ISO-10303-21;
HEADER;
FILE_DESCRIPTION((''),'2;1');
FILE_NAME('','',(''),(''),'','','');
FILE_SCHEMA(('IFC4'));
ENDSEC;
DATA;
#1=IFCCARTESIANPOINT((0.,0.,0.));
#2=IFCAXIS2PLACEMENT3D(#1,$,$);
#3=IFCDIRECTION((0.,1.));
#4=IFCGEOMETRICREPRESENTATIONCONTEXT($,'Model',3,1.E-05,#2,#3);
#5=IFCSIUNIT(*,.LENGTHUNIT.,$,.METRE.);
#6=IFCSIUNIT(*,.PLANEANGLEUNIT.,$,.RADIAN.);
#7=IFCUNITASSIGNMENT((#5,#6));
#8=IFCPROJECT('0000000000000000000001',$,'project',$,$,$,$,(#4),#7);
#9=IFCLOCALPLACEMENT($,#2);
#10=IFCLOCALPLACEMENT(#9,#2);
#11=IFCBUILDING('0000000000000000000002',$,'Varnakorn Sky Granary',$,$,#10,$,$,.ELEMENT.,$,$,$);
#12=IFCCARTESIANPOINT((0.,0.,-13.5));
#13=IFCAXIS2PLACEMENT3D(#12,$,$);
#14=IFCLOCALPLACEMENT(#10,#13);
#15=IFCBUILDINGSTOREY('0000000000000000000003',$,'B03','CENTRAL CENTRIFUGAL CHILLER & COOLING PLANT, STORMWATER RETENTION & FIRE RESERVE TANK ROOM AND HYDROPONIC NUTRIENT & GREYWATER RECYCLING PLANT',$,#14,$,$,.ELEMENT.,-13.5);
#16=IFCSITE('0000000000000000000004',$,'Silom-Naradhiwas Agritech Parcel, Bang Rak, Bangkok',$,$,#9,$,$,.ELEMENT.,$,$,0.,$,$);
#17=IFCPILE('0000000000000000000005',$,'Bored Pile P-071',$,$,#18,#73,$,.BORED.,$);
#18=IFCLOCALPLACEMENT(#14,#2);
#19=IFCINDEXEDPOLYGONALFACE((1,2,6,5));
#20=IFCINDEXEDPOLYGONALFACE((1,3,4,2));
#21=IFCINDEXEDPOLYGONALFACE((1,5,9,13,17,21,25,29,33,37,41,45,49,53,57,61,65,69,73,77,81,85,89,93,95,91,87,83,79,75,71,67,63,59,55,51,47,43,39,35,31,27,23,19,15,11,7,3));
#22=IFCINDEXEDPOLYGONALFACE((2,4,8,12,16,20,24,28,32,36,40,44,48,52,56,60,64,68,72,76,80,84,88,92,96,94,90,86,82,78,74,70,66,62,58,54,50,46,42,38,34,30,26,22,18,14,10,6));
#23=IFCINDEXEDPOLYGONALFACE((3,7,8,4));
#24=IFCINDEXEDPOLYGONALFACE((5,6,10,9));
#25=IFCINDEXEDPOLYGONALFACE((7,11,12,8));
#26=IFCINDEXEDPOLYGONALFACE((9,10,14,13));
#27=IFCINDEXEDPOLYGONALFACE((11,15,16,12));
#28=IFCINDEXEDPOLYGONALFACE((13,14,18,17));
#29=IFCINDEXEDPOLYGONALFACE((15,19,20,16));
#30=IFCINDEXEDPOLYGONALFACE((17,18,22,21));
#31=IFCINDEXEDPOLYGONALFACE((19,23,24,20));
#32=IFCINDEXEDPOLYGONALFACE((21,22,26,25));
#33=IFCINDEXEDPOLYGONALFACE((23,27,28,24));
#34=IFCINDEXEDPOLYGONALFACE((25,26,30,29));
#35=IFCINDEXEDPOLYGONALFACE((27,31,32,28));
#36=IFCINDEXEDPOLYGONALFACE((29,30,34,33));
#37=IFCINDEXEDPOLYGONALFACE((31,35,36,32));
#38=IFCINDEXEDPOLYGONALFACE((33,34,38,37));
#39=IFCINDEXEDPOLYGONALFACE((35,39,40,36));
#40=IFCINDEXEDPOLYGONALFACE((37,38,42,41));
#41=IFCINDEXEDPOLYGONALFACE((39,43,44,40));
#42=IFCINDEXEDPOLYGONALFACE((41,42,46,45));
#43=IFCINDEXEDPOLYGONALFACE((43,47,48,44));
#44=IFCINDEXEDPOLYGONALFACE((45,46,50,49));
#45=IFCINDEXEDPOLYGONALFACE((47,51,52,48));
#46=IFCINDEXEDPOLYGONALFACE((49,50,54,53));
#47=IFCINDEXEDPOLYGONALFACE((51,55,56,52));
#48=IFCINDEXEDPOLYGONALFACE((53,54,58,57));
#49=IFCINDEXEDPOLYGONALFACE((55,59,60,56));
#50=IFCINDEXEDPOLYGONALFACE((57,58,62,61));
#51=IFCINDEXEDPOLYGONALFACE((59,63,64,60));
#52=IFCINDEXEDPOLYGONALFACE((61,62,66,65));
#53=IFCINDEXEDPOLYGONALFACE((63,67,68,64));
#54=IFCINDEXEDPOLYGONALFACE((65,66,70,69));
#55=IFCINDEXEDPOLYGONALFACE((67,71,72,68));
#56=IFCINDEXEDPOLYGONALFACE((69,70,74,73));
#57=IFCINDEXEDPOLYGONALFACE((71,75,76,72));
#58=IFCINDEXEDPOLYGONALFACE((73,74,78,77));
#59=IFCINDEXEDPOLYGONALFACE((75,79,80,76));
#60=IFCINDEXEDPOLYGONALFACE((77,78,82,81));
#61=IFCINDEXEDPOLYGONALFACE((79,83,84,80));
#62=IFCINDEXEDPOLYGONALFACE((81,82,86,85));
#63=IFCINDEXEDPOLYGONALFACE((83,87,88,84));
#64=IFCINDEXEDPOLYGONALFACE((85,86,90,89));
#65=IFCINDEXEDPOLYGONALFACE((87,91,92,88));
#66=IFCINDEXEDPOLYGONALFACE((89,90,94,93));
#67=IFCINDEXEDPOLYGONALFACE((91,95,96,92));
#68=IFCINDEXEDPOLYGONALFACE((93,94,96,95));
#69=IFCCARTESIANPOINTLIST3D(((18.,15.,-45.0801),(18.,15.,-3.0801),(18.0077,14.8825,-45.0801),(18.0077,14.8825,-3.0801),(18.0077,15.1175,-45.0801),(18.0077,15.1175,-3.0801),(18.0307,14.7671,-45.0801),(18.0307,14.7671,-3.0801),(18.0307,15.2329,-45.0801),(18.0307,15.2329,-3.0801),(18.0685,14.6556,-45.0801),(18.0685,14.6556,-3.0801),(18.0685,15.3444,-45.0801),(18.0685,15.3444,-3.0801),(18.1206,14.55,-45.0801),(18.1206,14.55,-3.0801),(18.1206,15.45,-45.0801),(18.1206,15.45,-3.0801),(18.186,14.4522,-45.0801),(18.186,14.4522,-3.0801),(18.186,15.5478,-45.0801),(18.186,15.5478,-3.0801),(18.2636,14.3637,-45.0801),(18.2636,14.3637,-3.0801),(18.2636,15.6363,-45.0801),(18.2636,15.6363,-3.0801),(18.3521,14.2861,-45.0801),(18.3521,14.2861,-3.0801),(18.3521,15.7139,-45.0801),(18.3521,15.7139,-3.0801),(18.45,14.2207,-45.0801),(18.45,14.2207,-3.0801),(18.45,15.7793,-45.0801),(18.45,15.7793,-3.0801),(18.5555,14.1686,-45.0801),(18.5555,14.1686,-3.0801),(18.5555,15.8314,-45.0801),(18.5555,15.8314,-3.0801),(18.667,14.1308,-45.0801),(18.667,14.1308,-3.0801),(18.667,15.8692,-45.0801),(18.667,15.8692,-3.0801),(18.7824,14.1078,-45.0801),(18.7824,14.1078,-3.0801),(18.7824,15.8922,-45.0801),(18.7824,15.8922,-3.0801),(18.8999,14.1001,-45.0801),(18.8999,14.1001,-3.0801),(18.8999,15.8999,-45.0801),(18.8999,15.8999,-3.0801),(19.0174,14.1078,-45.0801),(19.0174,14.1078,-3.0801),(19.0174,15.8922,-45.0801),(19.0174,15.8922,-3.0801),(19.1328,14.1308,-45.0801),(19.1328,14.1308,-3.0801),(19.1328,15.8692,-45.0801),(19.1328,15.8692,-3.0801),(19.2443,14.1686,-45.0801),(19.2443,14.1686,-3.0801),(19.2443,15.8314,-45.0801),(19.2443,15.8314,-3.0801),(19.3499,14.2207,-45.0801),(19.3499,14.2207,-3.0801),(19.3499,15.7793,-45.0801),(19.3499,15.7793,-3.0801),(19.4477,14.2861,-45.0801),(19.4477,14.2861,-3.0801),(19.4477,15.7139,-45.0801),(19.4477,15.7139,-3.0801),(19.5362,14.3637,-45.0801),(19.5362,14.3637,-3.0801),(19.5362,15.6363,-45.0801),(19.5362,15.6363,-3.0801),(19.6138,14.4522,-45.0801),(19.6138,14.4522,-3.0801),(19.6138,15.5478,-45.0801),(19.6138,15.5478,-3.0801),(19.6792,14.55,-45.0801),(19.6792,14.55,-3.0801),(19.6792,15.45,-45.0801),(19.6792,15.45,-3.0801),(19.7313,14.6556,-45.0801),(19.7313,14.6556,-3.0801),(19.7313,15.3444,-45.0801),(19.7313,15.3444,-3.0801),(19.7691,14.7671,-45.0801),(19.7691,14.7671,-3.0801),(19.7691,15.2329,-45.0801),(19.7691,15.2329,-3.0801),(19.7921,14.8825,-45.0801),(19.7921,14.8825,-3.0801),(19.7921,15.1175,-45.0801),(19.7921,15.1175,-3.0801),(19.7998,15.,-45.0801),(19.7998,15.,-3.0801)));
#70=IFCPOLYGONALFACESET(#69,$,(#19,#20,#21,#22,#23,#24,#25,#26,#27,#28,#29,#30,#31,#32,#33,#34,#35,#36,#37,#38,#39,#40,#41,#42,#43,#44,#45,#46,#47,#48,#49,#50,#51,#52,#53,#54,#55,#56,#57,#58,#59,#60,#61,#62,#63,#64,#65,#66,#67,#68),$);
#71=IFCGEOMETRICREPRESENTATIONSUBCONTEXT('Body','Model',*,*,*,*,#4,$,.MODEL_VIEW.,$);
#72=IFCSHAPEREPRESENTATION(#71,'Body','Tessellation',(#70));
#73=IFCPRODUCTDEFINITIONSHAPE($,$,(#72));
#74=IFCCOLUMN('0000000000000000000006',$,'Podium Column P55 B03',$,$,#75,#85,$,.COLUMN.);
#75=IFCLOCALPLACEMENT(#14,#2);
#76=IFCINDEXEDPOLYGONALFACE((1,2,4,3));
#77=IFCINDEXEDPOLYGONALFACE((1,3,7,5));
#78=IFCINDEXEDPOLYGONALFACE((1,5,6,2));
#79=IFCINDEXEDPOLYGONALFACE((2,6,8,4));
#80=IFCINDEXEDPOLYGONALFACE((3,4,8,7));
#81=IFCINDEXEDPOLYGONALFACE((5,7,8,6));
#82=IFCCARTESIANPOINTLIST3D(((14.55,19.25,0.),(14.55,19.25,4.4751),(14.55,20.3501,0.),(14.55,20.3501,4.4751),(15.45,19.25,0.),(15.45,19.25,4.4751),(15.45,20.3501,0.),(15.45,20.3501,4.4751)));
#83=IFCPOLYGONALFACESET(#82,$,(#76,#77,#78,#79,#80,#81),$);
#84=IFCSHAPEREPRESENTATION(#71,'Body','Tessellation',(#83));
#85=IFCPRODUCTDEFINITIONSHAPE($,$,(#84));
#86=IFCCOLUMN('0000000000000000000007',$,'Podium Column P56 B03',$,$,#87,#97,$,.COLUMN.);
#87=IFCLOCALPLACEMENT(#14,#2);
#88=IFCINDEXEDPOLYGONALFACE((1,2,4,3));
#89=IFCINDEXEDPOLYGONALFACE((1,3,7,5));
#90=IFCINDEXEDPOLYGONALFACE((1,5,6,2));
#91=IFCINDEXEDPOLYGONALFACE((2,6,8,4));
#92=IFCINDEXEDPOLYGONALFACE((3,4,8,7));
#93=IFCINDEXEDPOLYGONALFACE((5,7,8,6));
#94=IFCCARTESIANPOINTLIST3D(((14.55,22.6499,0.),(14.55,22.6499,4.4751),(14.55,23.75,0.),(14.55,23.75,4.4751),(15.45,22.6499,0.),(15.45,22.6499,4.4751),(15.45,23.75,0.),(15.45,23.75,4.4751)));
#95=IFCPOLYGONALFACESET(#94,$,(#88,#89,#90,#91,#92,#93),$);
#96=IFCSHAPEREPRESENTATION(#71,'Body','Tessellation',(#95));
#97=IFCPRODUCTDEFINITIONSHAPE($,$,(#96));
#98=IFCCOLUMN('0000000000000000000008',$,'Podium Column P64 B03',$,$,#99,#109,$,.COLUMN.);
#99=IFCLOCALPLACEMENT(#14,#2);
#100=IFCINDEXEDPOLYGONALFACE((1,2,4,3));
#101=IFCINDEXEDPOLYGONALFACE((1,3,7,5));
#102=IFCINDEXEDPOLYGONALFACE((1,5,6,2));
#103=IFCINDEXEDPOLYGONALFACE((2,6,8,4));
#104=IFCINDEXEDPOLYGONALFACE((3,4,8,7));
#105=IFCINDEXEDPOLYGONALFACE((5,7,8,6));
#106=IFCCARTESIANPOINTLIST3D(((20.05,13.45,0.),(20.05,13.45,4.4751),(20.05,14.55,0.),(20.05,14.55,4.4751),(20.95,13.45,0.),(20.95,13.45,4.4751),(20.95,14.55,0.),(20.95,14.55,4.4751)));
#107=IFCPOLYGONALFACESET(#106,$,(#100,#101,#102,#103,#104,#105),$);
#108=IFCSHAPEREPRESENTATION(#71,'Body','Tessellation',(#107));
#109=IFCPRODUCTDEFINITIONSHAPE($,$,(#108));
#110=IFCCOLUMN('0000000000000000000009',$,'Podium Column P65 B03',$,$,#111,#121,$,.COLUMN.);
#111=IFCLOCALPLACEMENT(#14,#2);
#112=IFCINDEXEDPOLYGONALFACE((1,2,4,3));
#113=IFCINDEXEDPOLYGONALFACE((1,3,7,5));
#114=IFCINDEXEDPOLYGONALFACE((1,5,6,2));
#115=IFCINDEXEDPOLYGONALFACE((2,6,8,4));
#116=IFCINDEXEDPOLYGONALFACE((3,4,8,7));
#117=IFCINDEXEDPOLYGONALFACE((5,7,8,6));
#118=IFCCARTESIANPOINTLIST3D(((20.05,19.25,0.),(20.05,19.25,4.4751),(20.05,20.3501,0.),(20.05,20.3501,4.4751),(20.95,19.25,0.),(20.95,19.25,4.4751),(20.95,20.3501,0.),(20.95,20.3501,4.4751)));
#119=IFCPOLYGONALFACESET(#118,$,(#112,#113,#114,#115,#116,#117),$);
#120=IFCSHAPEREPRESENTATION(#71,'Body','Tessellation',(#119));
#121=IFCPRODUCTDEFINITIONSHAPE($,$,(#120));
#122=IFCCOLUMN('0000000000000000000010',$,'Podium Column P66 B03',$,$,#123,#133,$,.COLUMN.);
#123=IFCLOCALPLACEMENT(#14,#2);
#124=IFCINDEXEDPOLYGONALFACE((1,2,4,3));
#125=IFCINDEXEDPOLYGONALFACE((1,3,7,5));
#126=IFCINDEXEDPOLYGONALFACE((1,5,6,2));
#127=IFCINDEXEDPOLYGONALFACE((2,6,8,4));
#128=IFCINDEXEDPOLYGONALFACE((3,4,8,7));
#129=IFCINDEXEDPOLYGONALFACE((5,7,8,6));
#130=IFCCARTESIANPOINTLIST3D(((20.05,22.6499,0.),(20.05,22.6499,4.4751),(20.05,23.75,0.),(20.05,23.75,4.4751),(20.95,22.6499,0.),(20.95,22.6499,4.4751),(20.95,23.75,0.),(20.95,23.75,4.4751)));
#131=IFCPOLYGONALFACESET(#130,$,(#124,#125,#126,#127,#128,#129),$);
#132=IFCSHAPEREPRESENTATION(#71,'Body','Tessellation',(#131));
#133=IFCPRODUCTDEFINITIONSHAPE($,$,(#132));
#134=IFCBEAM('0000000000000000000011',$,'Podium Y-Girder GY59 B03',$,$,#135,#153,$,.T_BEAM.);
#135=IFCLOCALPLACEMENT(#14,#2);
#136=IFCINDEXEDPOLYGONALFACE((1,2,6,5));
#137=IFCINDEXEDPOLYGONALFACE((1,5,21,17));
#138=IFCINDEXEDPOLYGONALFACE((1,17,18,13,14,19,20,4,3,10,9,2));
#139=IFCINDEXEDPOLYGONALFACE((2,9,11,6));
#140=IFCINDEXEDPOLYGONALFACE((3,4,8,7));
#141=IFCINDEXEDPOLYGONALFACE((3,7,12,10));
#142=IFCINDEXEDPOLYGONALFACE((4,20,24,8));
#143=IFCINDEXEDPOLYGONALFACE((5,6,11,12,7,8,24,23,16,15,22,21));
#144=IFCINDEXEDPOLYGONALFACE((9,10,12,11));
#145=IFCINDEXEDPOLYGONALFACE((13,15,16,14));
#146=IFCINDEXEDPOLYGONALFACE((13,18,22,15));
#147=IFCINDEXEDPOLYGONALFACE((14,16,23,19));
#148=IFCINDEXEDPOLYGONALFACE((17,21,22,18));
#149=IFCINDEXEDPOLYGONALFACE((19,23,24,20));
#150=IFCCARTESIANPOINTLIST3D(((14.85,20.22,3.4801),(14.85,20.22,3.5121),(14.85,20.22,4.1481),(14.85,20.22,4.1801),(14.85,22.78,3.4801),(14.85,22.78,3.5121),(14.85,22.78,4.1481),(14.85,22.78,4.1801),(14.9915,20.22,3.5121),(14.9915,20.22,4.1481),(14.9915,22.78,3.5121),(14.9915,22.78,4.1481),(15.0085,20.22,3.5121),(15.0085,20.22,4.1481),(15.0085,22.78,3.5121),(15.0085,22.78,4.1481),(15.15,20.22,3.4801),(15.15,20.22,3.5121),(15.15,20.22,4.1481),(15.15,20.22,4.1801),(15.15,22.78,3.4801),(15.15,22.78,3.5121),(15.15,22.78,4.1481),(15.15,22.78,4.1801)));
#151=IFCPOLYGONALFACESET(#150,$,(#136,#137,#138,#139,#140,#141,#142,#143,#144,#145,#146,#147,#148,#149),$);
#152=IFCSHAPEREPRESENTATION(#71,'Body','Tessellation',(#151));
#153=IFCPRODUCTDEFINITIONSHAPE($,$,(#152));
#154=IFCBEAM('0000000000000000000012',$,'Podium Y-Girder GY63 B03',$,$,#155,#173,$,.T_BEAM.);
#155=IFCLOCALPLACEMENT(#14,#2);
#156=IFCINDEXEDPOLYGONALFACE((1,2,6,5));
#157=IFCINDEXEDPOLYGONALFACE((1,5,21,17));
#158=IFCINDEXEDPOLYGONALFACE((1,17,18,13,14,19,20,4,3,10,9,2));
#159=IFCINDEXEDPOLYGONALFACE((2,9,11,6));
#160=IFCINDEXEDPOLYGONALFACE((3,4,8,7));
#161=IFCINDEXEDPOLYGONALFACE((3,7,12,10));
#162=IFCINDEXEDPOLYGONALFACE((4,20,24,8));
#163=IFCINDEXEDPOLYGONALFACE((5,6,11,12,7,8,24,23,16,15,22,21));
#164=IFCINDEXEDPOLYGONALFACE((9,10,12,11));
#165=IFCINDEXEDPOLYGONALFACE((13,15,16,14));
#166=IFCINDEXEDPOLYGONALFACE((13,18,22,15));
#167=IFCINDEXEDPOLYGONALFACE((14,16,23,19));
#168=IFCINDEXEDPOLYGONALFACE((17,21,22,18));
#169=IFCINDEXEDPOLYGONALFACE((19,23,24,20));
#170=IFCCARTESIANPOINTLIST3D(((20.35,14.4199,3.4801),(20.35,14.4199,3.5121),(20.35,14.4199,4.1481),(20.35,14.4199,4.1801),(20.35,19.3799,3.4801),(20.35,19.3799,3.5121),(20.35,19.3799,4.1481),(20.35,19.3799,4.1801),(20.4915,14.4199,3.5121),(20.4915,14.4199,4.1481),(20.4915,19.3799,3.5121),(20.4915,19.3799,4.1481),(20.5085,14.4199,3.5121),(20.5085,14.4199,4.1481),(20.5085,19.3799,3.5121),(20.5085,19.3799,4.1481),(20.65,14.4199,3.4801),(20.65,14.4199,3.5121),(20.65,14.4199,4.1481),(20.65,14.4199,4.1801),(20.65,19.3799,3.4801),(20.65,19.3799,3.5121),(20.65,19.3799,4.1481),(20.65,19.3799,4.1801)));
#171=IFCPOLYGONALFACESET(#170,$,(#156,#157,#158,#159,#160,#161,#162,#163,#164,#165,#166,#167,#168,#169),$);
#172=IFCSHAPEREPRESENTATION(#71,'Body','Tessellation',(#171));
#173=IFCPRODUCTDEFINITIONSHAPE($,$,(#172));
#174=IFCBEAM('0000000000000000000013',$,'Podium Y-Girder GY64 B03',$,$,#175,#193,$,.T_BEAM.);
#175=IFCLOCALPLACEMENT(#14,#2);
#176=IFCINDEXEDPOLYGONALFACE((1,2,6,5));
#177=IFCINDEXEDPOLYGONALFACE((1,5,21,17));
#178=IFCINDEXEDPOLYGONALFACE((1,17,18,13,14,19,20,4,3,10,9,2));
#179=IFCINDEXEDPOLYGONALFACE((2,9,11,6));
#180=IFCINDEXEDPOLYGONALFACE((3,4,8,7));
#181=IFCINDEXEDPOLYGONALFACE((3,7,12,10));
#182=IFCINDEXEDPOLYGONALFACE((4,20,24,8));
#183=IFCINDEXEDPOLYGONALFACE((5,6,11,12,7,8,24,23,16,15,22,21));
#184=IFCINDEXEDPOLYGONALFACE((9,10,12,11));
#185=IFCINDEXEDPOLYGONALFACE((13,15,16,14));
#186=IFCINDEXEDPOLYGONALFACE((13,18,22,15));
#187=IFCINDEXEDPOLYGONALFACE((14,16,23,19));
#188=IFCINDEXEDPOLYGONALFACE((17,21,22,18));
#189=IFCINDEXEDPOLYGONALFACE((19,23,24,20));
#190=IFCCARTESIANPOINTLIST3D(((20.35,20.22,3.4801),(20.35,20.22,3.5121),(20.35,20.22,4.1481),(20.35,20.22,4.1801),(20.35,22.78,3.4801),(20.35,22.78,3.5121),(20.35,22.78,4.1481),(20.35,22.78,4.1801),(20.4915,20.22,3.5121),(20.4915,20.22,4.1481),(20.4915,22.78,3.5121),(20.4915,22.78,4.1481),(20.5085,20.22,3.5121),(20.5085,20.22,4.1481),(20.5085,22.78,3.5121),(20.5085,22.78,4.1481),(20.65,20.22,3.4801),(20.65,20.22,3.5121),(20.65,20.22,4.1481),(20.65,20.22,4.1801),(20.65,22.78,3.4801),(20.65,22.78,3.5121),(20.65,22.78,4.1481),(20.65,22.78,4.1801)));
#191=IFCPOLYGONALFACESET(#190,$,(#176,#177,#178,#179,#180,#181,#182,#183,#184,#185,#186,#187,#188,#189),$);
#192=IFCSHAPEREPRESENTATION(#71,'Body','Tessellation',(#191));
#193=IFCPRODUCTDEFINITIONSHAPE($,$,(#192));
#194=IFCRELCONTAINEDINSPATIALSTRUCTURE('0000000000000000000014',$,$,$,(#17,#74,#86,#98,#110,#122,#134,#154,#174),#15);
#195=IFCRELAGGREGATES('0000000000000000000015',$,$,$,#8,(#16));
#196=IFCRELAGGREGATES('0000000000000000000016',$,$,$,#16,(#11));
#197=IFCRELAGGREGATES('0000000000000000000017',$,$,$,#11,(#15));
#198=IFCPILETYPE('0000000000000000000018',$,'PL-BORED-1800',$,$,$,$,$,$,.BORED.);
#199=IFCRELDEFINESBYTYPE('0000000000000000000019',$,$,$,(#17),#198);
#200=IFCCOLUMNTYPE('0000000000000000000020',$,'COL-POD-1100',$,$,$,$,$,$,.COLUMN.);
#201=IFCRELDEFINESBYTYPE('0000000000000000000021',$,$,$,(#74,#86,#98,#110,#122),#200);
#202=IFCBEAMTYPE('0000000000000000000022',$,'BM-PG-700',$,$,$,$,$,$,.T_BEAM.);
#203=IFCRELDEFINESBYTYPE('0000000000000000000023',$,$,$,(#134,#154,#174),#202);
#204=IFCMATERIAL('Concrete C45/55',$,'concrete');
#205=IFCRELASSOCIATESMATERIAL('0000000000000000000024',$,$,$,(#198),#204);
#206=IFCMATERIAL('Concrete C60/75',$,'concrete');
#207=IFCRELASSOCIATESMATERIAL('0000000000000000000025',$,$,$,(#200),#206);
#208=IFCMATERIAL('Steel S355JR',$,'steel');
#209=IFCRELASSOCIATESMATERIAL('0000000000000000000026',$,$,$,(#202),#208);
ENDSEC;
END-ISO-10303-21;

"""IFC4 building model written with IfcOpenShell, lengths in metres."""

from ifc_helpers import new_model, si_unit, direction, frame, origin, origin_2d, place, context, subcontext, project, spatial, rectangle, circle, i_section, extrude, material, material_profile, profile_set, type_object, element, save


model = new_model("IFC4")

# Units and contexts
model_context = context("Model", 3, precision=1e-05, world=origin(), true_north=direction((0.0, 1.0)))
body_context = subcontext(model_context, "Body", "Model", "MODEL_VIEW")
ifc_project = project(units=[si_unit("LENGTHUNIT", "METRE"), si_unit("PLANEANGLEUNIT", "RADIAN")], contexts=[model_context])

# Site, building, storey
site_placement = place(None, origin())
site = spatial("IfcSite", under=ifc_project, at=site_placement, Name="Silom-Naradhiwas Agritech Parcel, Bang Rak, Bangkok", CompositionType="ELEMENT", RefElevation=0.0)
building_placement = place(site_placement, origin())
building = spatial("IfcBuilding", under=site, at=building_placement, Name="Varnakorn Sky Granary", CompositionType="ELEMENT")
storey_placement = place(building_placement, frame((0.0, 0.0, -13.5)))
storey = spatial("IfcBuildingStorey", under=building, at=storey_placement, Name="B03", Description="CENTRAL CENTRIFUGAL CHILLER & COOLING PLANT, STORMWATER RETENTION & FIRE RESERVE TANK ROOM AND HYDROPONIC NUTRIENT & GREYWATER RECYCLING PLANT", CompositionType="ELEMENT", Elevation=-13.5)

# Pile
ifc_material_1 = material(Name="Concrete C45/55", Category="concrete")
ifc_material_profile_1 = material_profile(ifc_material_1, circle(Radius=0.8999, at=origin_2d()), Name="PILE D1800")
ifc_profile_set_1 = profile_set([ifc_material_profile_1], Name="Concrete C45/55")
pile_type_1 = type_object("IfcPileType", Name="PL-BORED-1800", PredefinedType="BORED", material=ifc_profile_set_1)
for number, where, z_axis, x_axis, name in (
    (1, (18.8999, 15.0, -3.0801), (0.0, 0.0, -1.0), (1.0, 0.0, 0.0), "Bored Pile P-071"),
):
    element("IfcPile", number, at=place(storey_placement, frame(where, z_axis=z_axis, x_axis=x_axis)), inside=storey, type_object=pile_type_1, Name=name, PredefinedType="BORED", context=body_context, shape_type="SweptSolid", body=[
        extrude(circle(Radius=0.8999, at=origin_2d()), origin(), (0.0, 0.0, 1.0), 42.0),
    ])

# Columns
ifc_material_2 = material(Name="Concrete C60/75", Category="concrete")
ifc_material_profile_2 = material_profile(ifc_material_2, rectangle(XDim=0.8999, YDim=1.1001, at=origin_2d()), Name="RC 900x1100")
ifc_profile_set_2 = profile_set([ifc_material_profile_2], Name="Concrete C60/75")
column_type = type_object("IfcColumnType", Name="COL-POD-1100", PredefinedType="COLUMN", material=ifc_profile_set_2)
for number, where, z_axis, x_axis, name in (
    (2, (15.0, 19.8, 0.0), (0.0, 0.0, 1.0), (1.0, 0.0, 0.0), "Podium Column P55 B03"),
    (3, (15.0, 23.2, 0.0), (0.0, 0.0, 1.0), (1.0, 0.0, 0.0), "Podium Column P56 B03"),
    (4, (20.5, 14.0, 0.0), (0.0, 0.0, 1.0), (1.0, 0.0, 0.0), "Podium Column P64 B03"),
    (5, (20.5, 19.8, 0.0), (0.0, 0.0, 1.0), (1.0, 0.0, 0.0), "Podium Column P65 B03"),
    (6, (20.5, 23.2, 0.0), (0.0, 0.0, 1.0), (1.0, 0.0, 0.0), "Podium Column P66 B03"),
):
    element("IfcColumn", number, at=place(storey_placement, frame(where, z_axis=z_axis, x_axis=x_axis)), inside=storey, type_object=column_type, Name=name, PredefinedType="COLUMN", context=body_context, shape_type="SweptSolid", body=[
        extrude(rectangle(XDim=0.8999, YDim=1.1001, at=origin_2d()), origin(), (0.0, 0.0, 1.0), 4.4751),
    ])

# Beams
ifc_material_3 = material(Name="Steel S355JR", Category="steel")
ifc_material_profile_3 = material_profile(ifc_material_3, i_section(OverallWidth=0.3, OverallDepth=0.7, WebThickness=0.0171, FlangeThickness=0.032, at=origin_2d()), Name="HE 700 B")
ifc_profile_set_3 = profile_set([ifc_material_profile_3], Name="Steel S355JR")
beam_type_1 = type_object("IfcBeamType", Name="BM-PG-700", PredefinedType="T_BEAM", material=ifc_profile_set_3)
beam_1_placement = place(storey_placement, frame((15.0, 20.22, 3.8301), z_axis=(0.0, 1.0, 0.0), x_axis=(-1.0, 0.0, 0.0)))
element("IfcBeam", 7, at=beam_1_placement, inside=storey, type_object=beam_type_1, Name="Podium Y-Girder GY59 B03", PredefinedType="T_BEAM", context=body_context, shape_type="SweptSolid", body=[
    extrude(i_section(OverallWidth=0.3, OverallDepth=0.7, WebThickness=0.0171, FlangeThickness=0.032, at=origin_2d()), origin(), (0.0, 0.0, 1.0), 2.5601),
])
beam_2_placement = place(storey_placement, frame((20.5, 14.4199, 3.8301), z_axis=(0.0, 1.0, 0.0), x_axis=(-1.0, 0.0, 0.0)))
element("IfcBeam", 8, at=beam_2_placement, inside=storey, type_object=beam_type_1, Name="Podium Y-Girder GY63 B03", PredefinedType="T_BEAM", context=body_context, shape_type="SweptSolid", body=[
    extrude(i_section(OverallWidth=0.3, OverallDepth=0.7, WebThickness=0.0171, FlangeThickness=0.032, at=origin_2d()), origin(), (0.0, 0.0, 1.0), 4.96),
])
beam_3_placement = place(storey_placement, frame((20.5, 20.22, 3.8301), z_axis=(0.0, 1.0, 0.0), x_axis=(-1.0, 0.0, 0.0)))
element("IfcBeam", 9, at=beam_3_placement, inside=storey, type_object=beam_type_1, Name="Podium Y-Girder GY64 B03", PredefinedType="T_BEAM", context=body_context, shape_type="SweptSolid", body=[
    extrude(i_section(OverallWidth=0.3, OverallDepth=0.7, WebThickness=0.0171, FlangeThickness=0.032, at=origin_2d()), origin(), (0.0, 0.0, 1.0), 2.5601),
])

save(model, "model.ifc")
